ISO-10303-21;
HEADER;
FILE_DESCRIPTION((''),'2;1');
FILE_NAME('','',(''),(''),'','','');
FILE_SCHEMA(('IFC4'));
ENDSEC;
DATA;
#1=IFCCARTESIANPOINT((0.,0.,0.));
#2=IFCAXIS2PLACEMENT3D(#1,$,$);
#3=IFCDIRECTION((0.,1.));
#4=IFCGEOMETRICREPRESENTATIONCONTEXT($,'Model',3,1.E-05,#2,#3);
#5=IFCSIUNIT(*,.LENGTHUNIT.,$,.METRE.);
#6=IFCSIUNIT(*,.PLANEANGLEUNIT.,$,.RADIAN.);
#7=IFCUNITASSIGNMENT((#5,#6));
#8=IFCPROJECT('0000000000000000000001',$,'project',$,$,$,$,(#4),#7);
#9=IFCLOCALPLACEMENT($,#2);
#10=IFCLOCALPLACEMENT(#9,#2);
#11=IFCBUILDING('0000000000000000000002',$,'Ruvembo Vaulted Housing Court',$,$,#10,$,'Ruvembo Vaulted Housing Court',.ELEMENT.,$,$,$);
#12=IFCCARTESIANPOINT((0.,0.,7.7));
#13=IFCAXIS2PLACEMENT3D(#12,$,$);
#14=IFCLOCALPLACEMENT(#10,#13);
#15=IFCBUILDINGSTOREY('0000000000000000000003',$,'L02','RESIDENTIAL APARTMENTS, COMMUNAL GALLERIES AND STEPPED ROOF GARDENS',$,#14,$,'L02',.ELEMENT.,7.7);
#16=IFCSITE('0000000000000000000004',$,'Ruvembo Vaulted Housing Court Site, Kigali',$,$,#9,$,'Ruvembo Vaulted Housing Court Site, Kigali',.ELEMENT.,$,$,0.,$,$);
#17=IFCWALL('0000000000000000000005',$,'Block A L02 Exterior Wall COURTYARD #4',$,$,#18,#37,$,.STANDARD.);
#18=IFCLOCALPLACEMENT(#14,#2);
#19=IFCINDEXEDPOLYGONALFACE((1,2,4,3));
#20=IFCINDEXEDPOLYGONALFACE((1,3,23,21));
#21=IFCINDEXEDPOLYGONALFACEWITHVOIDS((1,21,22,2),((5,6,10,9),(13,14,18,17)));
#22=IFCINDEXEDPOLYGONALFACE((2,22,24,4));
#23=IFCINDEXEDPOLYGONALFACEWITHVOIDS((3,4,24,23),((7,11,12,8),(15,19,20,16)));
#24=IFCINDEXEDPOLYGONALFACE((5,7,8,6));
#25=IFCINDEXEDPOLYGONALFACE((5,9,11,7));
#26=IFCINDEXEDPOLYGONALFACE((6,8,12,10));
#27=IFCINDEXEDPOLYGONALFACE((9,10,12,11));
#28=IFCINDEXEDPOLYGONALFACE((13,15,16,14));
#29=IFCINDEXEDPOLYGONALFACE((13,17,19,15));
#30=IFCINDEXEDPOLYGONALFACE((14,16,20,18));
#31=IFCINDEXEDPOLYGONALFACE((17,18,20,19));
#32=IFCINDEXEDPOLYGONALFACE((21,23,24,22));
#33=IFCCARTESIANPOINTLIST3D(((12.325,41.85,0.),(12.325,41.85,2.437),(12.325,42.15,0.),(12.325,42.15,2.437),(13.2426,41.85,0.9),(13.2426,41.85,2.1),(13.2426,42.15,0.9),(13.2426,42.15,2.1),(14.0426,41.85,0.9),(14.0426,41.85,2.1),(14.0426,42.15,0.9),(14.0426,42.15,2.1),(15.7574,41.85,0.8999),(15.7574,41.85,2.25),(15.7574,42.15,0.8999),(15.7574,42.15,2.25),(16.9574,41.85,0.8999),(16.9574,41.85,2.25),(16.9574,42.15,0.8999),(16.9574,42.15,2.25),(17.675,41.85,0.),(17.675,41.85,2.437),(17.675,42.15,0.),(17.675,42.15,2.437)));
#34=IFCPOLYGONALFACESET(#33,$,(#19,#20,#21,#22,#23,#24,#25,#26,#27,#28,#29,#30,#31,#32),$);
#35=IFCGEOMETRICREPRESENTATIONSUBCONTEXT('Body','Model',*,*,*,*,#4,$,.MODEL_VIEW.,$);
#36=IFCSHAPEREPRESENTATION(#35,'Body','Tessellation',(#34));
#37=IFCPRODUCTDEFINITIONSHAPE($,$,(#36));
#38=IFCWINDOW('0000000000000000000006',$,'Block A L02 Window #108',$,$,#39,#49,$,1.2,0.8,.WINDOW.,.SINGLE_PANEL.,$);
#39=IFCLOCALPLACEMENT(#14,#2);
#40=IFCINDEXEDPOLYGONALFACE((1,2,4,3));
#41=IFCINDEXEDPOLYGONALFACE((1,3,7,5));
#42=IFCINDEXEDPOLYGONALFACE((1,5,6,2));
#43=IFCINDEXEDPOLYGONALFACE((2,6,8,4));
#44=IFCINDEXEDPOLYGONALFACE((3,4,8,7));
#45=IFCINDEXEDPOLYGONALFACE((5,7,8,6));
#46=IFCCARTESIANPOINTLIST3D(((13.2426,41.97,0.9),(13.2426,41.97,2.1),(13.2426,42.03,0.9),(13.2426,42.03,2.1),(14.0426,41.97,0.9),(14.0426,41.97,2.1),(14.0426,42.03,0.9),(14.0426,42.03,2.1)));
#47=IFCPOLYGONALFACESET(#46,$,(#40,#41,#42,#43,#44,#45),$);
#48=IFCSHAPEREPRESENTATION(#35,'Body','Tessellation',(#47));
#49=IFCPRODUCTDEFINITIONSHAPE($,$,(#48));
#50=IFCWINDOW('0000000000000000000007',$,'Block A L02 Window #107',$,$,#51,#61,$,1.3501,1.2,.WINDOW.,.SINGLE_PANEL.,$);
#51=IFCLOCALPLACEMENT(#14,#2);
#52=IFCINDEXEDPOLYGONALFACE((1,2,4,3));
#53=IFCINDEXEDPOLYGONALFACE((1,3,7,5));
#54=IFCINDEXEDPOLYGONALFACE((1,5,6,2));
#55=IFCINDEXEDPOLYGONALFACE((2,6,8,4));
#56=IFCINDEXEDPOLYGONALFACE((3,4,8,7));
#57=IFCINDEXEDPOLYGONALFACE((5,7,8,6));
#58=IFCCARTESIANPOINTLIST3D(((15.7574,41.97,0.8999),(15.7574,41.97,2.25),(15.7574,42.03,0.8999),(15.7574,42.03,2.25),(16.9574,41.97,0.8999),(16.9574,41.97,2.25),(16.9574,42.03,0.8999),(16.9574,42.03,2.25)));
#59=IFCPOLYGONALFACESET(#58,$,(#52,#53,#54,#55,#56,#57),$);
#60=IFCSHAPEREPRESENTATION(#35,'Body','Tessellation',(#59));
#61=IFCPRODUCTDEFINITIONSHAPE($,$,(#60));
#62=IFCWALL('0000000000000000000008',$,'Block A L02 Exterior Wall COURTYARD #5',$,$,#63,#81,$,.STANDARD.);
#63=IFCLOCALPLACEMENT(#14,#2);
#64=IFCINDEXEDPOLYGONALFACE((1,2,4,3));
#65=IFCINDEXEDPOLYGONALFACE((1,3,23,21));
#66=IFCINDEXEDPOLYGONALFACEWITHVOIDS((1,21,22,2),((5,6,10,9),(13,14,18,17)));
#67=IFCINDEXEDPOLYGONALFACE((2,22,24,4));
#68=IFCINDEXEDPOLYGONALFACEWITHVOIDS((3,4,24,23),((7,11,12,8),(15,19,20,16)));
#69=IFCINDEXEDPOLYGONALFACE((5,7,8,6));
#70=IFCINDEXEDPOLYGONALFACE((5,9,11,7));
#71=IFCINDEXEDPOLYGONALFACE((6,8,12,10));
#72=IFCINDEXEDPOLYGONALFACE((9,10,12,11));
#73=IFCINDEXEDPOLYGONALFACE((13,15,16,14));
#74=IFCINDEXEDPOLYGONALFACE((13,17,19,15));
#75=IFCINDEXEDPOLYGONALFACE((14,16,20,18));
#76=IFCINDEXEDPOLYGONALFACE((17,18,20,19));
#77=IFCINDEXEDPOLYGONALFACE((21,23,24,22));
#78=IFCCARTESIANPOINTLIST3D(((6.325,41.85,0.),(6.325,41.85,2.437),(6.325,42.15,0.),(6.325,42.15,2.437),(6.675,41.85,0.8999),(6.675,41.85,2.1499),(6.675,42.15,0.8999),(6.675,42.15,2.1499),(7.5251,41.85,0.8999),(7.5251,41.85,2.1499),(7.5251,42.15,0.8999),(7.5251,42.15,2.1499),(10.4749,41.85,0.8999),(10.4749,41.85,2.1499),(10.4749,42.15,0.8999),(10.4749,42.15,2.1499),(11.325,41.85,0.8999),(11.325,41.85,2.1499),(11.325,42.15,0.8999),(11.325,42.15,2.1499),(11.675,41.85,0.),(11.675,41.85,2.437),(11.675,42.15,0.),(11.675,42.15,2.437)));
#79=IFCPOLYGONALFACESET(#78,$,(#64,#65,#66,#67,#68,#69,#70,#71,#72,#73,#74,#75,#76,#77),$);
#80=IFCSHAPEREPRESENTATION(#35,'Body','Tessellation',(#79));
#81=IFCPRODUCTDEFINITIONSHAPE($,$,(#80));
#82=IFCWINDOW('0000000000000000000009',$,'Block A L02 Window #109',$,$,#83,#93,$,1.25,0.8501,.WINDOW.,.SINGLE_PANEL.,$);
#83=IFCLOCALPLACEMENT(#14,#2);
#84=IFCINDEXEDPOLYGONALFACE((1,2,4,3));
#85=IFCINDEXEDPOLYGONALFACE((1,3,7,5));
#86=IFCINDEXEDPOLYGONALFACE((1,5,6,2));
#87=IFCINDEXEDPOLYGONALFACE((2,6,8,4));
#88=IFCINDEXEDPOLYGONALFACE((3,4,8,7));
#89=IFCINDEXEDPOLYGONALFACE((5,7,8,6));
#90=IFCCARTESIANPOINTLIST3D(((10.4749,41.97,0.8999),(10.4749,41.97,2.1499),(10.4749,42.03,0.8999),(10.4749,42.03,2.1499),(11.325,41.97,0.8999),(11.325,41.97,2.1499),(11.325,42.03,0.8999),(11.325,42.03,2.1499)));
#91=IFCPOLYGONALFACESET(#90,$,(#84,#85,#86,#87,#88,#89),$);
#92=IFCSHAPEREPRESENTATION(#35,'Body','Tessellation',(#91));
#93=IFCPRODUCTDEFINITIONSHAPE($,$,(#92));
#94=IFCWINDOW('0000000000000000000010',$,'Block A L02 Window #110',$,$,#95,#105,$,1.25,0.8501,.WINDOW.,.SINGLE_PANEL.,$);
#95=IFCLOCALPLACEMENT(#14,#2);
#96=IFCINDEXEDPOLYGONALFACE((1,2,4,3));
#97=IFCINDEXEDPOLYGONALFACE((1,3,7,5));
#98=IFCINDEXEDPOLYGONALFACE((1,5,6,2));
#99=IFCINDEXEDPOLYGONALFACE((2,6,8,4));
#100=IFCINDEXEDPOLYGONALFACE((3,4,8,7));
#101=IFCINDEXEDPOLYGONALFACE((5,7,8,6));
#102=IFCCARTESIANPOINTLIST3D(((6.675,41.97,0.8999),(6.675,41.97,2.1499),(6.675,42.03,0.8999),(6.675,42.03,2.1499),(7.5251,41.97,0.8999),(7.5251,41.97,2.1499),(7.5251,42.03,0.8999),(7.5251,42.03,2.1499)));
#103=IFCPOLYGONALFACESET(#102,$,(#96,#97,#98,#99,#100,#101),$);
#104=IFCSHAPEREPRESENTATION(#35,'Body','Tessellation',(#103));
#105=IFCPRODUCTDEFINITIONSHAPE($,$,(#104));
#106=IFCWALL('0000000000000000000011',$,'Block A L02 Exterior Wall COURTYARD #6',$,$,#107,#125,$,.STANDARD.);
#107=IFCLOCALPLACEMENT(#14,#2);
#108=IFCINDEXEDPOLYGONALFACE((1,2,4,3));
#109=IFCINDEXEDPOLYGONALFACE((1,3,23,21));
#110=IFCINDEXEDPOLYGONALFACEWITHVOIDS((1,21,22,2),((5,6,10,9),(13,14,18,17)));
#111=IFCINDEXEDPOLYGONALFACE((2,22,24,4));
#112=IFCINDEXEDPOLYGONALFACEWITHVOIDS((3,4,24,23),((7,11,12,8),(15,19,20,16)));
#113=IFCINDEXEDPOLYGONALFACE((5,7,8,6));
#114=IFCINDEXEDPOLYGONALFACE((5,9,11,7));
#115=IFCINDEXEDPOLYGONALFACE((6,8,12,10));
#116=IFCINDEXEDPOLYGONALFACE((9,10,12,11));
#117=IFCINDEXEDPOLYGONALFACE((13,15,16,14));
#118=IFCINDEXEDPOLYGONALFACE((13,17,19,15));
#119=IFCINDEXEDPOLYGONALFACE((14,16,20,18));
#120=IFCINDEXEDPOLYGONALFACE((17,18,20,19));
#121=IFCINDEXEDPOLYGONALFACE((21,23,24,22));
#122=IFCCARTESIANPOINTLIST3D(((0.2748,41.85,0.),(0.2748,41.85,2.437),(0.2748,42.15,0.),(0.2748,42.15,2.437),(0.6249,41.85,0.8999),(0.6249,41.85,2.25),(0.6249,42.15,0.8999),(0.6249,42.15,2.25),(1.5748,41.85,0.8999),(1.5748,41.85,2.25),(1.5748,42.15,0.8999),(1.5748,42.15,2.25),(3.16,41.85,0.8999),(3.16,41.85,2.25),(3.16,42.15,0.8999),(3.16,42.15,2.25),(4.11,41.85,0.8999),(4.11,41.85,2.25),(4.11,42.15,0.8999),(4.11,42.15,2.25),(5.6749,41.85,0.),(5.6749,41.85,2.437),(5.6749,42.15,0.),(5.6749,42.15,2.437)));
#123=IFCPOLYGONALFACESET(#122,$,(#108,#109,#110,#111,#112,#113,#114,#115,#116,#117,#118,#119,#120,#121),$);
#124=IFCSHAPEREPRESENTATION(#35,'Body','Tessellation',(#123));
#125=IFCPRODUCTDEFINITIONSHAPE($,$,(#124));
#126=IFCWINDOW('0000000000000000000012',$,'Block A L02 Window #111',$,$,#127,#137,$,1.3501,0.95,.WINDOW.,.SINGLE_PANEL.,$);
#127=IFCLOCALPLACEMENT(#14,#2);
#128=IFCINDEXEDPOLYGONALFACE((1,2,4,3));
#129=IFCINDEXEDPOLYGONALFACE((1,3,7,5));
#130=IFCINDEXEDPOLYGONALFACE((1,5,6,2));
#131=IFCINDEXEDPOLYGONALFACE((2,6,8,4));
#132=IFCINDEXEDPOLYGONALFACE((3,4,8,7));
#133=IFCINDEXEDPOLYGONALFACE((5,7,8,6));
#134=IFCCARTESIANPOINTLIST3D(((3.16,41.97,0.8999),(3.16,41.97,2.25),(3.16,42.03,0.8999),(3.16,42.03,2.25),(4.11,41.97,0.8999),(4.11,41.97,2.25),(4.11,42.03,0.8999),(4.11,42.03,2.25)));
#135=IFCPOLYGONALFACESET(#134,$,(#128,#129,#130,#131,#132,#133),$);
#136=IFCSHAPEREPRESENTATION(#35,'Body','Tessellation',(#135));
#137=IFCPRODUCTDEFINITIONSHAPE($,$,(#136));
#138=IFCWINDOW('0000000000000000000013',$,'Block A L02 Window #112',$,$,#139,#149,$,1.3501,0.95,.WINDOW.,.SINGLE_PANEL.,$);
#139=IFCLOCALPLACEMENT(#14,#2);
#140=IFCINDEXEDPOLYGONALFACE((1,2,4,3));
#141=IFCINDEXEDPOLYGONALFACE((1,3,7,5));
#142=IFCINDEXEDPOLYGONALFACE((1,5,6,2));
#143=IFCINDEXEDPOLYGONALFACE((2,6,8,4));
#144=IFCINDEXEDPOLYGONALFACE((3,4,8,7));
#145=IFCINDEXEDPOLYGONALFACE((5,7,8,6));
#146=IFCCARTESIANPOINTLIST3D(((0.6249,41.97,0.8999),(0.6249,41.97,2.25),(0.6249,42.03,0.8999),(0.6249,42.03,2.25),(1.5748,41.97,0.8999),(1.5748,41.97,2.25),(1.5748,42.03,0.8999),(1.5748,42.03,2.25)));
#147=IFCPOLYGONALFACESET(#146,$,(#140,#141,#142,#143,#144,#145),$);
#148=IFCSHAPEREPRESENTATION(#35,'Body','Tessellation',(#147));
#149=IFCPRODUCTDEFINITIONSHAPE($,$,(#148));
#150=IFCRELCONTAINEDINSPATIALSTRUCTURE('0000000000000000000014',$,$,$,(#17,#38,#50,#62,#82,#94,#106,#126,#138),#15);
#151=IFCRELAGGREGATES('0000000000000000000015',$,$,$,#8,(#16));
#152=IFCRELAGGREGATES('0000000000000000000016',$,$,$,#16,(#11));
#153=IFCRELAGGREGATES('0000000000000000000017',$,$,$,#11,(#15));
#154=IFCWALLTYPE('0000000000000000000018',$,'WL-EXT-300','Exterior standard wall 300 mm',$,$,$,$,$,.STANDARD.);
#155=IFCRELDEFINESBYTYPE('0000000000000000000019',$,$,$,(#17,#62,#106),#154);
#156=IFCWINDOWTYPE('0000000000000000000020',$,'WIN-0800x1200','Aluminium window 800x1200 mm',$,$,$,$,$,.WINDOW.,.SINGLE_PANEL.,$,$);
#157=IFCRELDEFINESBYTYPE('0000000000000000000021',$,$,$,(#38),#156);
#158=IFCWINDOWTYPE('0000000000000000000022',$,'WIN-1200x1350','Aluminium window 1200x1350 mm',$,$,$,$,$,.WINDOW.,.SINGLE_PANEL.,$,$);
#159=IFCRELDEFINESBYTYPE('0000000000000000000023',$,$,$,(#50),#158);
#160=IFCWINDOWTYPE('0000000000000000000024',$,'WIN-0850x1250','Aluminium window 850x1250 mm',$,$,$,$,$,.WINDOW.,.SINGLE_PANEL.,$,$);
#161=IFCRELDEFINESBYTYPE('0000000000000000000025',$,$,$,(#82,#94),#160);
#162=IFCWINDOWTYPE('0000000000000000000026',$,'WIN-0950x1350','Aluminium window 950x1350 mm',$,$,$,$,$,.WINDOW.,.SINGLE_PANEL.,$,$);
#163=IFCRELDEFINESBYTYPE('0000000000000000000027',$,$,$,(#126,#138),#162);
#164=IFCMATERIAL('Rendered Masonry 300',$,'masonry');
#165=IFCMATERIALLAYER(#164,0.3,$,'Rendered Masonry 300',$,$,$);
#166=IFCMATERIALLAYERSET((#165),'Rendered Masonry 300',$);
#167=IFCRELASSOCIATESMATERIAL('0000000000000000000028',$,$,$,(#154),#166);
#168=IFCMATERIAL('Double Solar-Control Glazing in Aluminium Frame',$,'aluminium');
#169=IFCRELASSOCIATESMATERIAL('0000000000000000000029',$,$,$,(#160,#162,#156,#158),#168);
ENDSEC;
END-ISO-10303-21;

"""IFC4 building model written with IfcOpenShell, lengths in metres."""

from ifc_helpers import new_model, si_unit, direction, frame, frame_2d, origin, place, context, subcontext, project, spatial, rectangle, extrude, material, layer, layer_set, type_object, element, fill, save


model = new_model("IFC4")

# Units and contexts
model_context = context("Model", 3, precision=1e-05, world=origin(), true_north=direction((0.0, 1.0)))
body_context = subcontext(model_context, "Body", "Model", "MODEL_VIEW")
ifc_project = project(units=[si_unit("LENGTHUNIT", "METRE"), si_unit("PLANEANGLEUNIT", "RADIAN")], contexts=[model_context])

# Site, building, storey
site_placement = place(None, origin())
site = spatial("IfcSite", under=ifc_project, at=site_placement, Name="Ruvembo Vaulted Housing Court Site, Kigali", LongName="Ruvembo Vaulted Housing Court Site, Kigali", CompositionType="ELEMENT", RefElevation=0.0)
building_placement = place(site_placement, origin())
building = spatial("IfcBuilding", under=site, at=building_placement, Name="Ruvembo Vaulted Housing Court", LongName="Ruvembo Vaulted Housing Court", CompositionType="ELEMENT")
storey_placement = place(building_placement, frame((0.0, 0.0, 7.7)))
storey = spatial("IfcBuildingStorey", under=building, at=storey_placement, Name="L02", Description="RESIDENTIAL APARTMENTS, COMMUNAL GALLERIES AND STEPPED ROOF GARDENS", LongName="L02", CompositionType="ELEMENT", Elevation=7.7)

# Walls, openings, windows
ifc_material_1 = material(Name="Rendered Masonry 300", Category="masonry")
ifc_layer = layer(ifc_material_1, 0.3, Name="Rendered Masonry 300")
ifc_layer_set = layer_set([ifc_layer], Name="Rendered Masonry 300")
wall_type = type_object("IfcWallType", Name="WL-EXT-300", Description="Exterior standard wall 300 mm", PredefinedType="STANDARD", material=ifc_layer_set)
ifc_material_2 = material(Name="Double Solar-Control Glazing in Aluminium Frame", Category="aluminium")
window_type_1 = type_object("IfcWindowType", Name="WIN-0850x1250", Description="Aluminium window 850x1250 mm", PartitioningType="SINGLE_PANEL", PredefinedType="WINDOW", material=ifc_material_2)
window_type_2 = type_object("IfcWindowType", Name="WIN-0950x1350", Description="Aluminium window 950x1350 mm", PartitioningType="SINGLE_PANEL", PredefinedType="WINDOW", material=ifc_material_2)
wall_1_placement = place(storey_placement, frame((17.675, 42.0, 0.0), z_axis=(0.0, 0.0, 1.0), x_axis=(-1.0, 0.0, 0.0)))
wall_1 = element("IfcWall", 1, at=wall_1_placement, inside=storey, type_object=wall_type, Name="Block A L02 Exterior Wall COURTYARD #4", PredefinedType="STANDARD", context=body_context, shape_type="SweptSolid", body=[
    extrude(rectangle(XDim=5.3501, YDim=0.3, at=frame_2d((2.675, 0.0))), origin(), (0.0, 0.0, 1.0), 2.437),
])
opening_1_placement = place(wall_1_placement, frame((0.7175, 0.0, 0.8999)))
opening_1 = element("IfcOpeningElement", 2, at=opening_1_placement, cuts=wall_1, PredefinedType="OPENING", context=body_context, shape_type="SweptSolid", body=[
    extrude(rectangle(XDim=1.2, YDim=1.3501, at=frame_2d((0.6001, 0.675))), frame((0.0, 0.1599, 0.0), z_axis=(0.0, -1.0, 0.0), x_axis=(1.0, 0.0, 0.0)), (0.0, 0.0, 1.0), 0.3201),
])
opening_2_placement = place(wall_1_placement, frame((3.6326, 0.0, 0.8999)))
opening_2 = element("IfcOpeningElement", 3, at=opening_2_placement, cuts=wall_1, PredefinedType="OPENING", context=body_context, shape_type="SweptSolid", body=[
    extrude(rectangle(XDim=0.8, YDim=1.2, at=frame_2d((0.3999, 0.6001))), frame((0.0, 0.1599, 0.0), z_axis=(0.0, -1.0, 0.0), x_axis=(1.0, 0.0, 0.0)), (0.0, 0.0, 1.0), 0.3201),
])
window_type_3 = type_object("IfcWindowType", Name="WIN-0800x1200", Description="Aluminium window 800x1200 mm", PartitioningType="SINGLE_PANEL", PredefinedType="WINDOW", material=ifc_material_2)
window_1_placement = place(opening_2_placement, origin())
window_1 = element("IfcWindow", 4, at=window_1_placement, inside=storey, type_object=window_type_3, Name="Block A L02 Window #108", OverallHeight=1.2, OverallWidth=0.8, PartitioningType="SINGLE_PANEL", PredefinedType="WINDOW", context=body_context, shape_type="SweptSolid", body=[
    extrude(rectangle(XDim=0.8, YDim=1.2, at=frame_2d((0.3999, 0.6001))), frame((0.0, 0.03, 0.0), z_axis=(0.0, -1.0, 0.0), x_axis=(1.0, 0.0, 0.0)), (0.0, 0.0, 1.0), 0.0601),
])
fill(opening_2, window_1)
window_type_4 = type_object("IfcWindowType", Name="WIN-1200x1350", Description="Aluminium window 1200x1350 mm", PartitioningType="SINGLE_PANEL", PredefinedType="WINDOW", material=ifc_material_2)
window_2_placement = place(opening_1_placement, origin())
window_2 = element("IfcWindow", 5, at=window_2_placement, inside=storey, type_object=window_type_4, Name="Block A L02 Window #107", OverallHeight=1.3501, OverallWidth=1.2, PartitioningType="SINGLE_PANEL", PredefinedType="WINDOW", context=body_context, shape_type="SweptSolid", body=[
    extrude(rectangle(XDim=1.2, YDim=1.3501, at=frame_2d((0.6001, 0.675))), frame((0.0, 0.03, 0.0), z_axis=(0.0, -1.0, 0.0), x_axis=(1.0, 0.0, 0.0)), (0.0, 0.0, 1.0), 0.0601),
])
fill(opening_1, window_2)
wall_2_placement = place(storey_placement, frame((11.675, 42.0, 0.0), z_axis=(0.0, 0.0, 1.0), x_axis=(-1.0, 0.0, 0.0)))
wall_2 = element("IfcWall", 6, at=wall_2_placement, inside=storey, type_object=wall_type, Name="Block A L02 Exterior Wall COURTYARD #5", PredefinedType="STANDARD", context=body_context, shape_type="SweptSolid", body=[
    extrude(rectangle(XDim=5.3501, YDim=0.3, at=frame_2d((2.675, 0.0))), origin(), (0.0, 0.0, 1.0), 2.437),
])
opening_3_placement = place(wall_2_placement, frame((0.3501, 0.0, 0.8999)))
opening_3 = element("IfcOpeningElement", 7, at=opening_3_placement, cuts=wall_2, PredefinedType="OPENING", context=body_context, shape_type="SweptSolid", body=[
    extrude(rectangle(XDim=0.8501, YDim=1.25, at=frame_2d((0.425, 0.625))), frame((0.0, 0.1599, 0.0), z_axis=(0.0, -1.0, 0.0), x_axis=(1.0, 0.0, 0.0)), (0.0, 0.0, 1.0), 0.3201),
])
opening_4_placement = place(wall_2_placement, frame((4.1499, 0.0, 0.8999)))
opening_4 = element("IfcOpeningElement", 8, at=opening_4_placement, cuts=wall_2, PredefinedType="OPENING", context=body_context, shape_type="SweptSolid", body=[
    extrude(rectangle(XDim=0.8501, YDim=1.25, at=frame_2d((0.425, 0.625))), frame((0.0, 0.1599, 0.0), z_axis=(0.0, -1.0, 0.0), x_axis=(1.0, 0.0, 0.0)), (0.0, 0.0, 1.0), 0.3201),
])
window_3_placement = place(opening_3_placement, origin())
window_3 = element("IfcWindow", 9, at=window_3_placement, inside=storey, type_object=window_type_1, Name="Block A L02 Window #109", OverallHeight=1.25, OverallWidth=0.8501, PartitioningType="SINGLE_PANEL", PredefinedType="WINDOW", context=body_context, shape_type="SweptSolid", body=[
    extrude(rectangle(XDim=0.8501, YDim=1.25, at=frame_2d((0.425, 0.625))), frame((0.0, 0.03, 0.0), z_axis=(0.0, -1.0, 0.0), x_axis=(1.0, 0.0, 0.0)), (0.0, 0.0, 1.0), 0.0601),
])
fill(opening_3, window_3)
window_4_placement = place(opening_4_placement, origin())
window_4 = element("IfcWindow", 10, at=window_4_placement, inside=storey, type_object=window_type_1, Name="Block A L02 Window #110", OverallHeight=1.25, OverallWidth=0.8501, PartitioningType="SINGLE_PANEL", PredefinedType="WINDOW", context=body_context, shape_type="SweptSolid", body=[
    extrude(rectangle(XDim=0.8501, YDim=1.25, at=frame_2d((0.425, 0.625))), frame((0.0, 0.03, 0.0), z_axis=(0.0, -1.0, 0.0), x_axis=(1.0, 0.0, 0.0)), (0.0, 0.0, 1.0), 0.0601),
])
fill(opening_4, window_4)
wall_3_placement = place(storey_placement, frame((5.675, 42.0, 0.0), z_axis=(0.0, 0.0, 1.0), x_axis=(-1.0, 0.0, 0.0)))
wall_3 = element("IfcWall", 11, at=wall_3_placement, inside=storey, type_object=wall_type, Name="Block A L02 Exterior Wall COURTYARD #6", PredefinedType="STANDARD", context=body_context, shape_type="SweptSolid", body=[
    extrude(rectangle(XDim=5.4001, YDim=0.3, at=frame_2d((2.7002, 0.0))), origin(), (0.0, 0.0, 1.0), 2.437),
])
opening_5_placement = place(wall_3_placement, frame((1.5649, 0.0, 0.8999)))
opening_5 = element("IfcOpeningElement", 12, at=opening_5_placement, cuts=wall_3, PredefinedType="OPENING", context=body_context, shape_type="SweptSolid", body=[
    extrude(rectangle(XDim=0.95, YDim=1.3501, at=frame_2d((0.4751, 0.675))), frame((0.0, 0.1599, 0.0), z_axis=(0.0, -1.0, 0.0), x_axis=(1.0, 0.0, 0.0)), (0.0, 0.0, 1.0), 0.3201),
])
opening_6_placement = place(wall_3_placement, frame((4.1001, 0.0, 0.8999)))
opening_6 = element("IfcOpeningElement", 13, at=opening_6_placement, cuts=wall_3, PredefinedType="OPENING", context=body_context, shape_type="SweptSolid", body=[
    extrude(rectangle(XDim=0.95, YDim=1.3501, at=frame_2d((0.4751, 0.675))), frame((0.0, 0.1599, 0.0), z_axis=(0.0, -1.0, 0.0), x_axis=(1.0, 0.0, 0.0)), (0.0, 0.0, 1.0), 0.3201),
])
window_5_placement = place(opening_5_placement, origin())
window_5 = element("IfcWindow", 14, at=window_5_placement, inside=storey, type_object=window_type_2, Name="Block A L02 Window #111", OverallHeight=1.3501, OverallWidth=0.95, PartitioningType="SINGLE_PANEL", PredefinedType="WINDOW", context=body_context, shape_type="SweptSolid", body=[
    extrude(rectangle(XDim=0.95, YDim=1.3501, at=frame_2d((0.4751, 0.675))), frame((0.0, 0.03, 0.0), z_axis=(0.0, -1.0, 0.0), x_axis=(1.0, 0.0, 0.0)), (0.0, 0.0, 1.0), 0.0601),
])
fill(opening_5, window_5)
window_6_placement = place(opening_6_placement, origin())
window_6 = element("IfcWindow", 15, at=window_6_placement, inside=storey, type_object=window_type_2, Name="Block A L02 Window #112", OverallHeight=1.3501, OverallWidth=0.95, PartitioningType="SINGLE_PANEL", PredefinedType="WINDOW", context=body_context, shape_type="SweptSolid", body=[
    extrude(rectangle(XDim=0.95, YDim=1.3501, at=frame_2d((0.4751, 0.675))), frame((0.0, 0.03, 0.0), z_axis=(0.0, -1.0, 0.0), x_axis=(1.0, 0.0, 0.0)), (0.0, 0.0, 1.0), 0.0601),
])
fill(opening_6, window_6)

save(model, "model.ifc")
